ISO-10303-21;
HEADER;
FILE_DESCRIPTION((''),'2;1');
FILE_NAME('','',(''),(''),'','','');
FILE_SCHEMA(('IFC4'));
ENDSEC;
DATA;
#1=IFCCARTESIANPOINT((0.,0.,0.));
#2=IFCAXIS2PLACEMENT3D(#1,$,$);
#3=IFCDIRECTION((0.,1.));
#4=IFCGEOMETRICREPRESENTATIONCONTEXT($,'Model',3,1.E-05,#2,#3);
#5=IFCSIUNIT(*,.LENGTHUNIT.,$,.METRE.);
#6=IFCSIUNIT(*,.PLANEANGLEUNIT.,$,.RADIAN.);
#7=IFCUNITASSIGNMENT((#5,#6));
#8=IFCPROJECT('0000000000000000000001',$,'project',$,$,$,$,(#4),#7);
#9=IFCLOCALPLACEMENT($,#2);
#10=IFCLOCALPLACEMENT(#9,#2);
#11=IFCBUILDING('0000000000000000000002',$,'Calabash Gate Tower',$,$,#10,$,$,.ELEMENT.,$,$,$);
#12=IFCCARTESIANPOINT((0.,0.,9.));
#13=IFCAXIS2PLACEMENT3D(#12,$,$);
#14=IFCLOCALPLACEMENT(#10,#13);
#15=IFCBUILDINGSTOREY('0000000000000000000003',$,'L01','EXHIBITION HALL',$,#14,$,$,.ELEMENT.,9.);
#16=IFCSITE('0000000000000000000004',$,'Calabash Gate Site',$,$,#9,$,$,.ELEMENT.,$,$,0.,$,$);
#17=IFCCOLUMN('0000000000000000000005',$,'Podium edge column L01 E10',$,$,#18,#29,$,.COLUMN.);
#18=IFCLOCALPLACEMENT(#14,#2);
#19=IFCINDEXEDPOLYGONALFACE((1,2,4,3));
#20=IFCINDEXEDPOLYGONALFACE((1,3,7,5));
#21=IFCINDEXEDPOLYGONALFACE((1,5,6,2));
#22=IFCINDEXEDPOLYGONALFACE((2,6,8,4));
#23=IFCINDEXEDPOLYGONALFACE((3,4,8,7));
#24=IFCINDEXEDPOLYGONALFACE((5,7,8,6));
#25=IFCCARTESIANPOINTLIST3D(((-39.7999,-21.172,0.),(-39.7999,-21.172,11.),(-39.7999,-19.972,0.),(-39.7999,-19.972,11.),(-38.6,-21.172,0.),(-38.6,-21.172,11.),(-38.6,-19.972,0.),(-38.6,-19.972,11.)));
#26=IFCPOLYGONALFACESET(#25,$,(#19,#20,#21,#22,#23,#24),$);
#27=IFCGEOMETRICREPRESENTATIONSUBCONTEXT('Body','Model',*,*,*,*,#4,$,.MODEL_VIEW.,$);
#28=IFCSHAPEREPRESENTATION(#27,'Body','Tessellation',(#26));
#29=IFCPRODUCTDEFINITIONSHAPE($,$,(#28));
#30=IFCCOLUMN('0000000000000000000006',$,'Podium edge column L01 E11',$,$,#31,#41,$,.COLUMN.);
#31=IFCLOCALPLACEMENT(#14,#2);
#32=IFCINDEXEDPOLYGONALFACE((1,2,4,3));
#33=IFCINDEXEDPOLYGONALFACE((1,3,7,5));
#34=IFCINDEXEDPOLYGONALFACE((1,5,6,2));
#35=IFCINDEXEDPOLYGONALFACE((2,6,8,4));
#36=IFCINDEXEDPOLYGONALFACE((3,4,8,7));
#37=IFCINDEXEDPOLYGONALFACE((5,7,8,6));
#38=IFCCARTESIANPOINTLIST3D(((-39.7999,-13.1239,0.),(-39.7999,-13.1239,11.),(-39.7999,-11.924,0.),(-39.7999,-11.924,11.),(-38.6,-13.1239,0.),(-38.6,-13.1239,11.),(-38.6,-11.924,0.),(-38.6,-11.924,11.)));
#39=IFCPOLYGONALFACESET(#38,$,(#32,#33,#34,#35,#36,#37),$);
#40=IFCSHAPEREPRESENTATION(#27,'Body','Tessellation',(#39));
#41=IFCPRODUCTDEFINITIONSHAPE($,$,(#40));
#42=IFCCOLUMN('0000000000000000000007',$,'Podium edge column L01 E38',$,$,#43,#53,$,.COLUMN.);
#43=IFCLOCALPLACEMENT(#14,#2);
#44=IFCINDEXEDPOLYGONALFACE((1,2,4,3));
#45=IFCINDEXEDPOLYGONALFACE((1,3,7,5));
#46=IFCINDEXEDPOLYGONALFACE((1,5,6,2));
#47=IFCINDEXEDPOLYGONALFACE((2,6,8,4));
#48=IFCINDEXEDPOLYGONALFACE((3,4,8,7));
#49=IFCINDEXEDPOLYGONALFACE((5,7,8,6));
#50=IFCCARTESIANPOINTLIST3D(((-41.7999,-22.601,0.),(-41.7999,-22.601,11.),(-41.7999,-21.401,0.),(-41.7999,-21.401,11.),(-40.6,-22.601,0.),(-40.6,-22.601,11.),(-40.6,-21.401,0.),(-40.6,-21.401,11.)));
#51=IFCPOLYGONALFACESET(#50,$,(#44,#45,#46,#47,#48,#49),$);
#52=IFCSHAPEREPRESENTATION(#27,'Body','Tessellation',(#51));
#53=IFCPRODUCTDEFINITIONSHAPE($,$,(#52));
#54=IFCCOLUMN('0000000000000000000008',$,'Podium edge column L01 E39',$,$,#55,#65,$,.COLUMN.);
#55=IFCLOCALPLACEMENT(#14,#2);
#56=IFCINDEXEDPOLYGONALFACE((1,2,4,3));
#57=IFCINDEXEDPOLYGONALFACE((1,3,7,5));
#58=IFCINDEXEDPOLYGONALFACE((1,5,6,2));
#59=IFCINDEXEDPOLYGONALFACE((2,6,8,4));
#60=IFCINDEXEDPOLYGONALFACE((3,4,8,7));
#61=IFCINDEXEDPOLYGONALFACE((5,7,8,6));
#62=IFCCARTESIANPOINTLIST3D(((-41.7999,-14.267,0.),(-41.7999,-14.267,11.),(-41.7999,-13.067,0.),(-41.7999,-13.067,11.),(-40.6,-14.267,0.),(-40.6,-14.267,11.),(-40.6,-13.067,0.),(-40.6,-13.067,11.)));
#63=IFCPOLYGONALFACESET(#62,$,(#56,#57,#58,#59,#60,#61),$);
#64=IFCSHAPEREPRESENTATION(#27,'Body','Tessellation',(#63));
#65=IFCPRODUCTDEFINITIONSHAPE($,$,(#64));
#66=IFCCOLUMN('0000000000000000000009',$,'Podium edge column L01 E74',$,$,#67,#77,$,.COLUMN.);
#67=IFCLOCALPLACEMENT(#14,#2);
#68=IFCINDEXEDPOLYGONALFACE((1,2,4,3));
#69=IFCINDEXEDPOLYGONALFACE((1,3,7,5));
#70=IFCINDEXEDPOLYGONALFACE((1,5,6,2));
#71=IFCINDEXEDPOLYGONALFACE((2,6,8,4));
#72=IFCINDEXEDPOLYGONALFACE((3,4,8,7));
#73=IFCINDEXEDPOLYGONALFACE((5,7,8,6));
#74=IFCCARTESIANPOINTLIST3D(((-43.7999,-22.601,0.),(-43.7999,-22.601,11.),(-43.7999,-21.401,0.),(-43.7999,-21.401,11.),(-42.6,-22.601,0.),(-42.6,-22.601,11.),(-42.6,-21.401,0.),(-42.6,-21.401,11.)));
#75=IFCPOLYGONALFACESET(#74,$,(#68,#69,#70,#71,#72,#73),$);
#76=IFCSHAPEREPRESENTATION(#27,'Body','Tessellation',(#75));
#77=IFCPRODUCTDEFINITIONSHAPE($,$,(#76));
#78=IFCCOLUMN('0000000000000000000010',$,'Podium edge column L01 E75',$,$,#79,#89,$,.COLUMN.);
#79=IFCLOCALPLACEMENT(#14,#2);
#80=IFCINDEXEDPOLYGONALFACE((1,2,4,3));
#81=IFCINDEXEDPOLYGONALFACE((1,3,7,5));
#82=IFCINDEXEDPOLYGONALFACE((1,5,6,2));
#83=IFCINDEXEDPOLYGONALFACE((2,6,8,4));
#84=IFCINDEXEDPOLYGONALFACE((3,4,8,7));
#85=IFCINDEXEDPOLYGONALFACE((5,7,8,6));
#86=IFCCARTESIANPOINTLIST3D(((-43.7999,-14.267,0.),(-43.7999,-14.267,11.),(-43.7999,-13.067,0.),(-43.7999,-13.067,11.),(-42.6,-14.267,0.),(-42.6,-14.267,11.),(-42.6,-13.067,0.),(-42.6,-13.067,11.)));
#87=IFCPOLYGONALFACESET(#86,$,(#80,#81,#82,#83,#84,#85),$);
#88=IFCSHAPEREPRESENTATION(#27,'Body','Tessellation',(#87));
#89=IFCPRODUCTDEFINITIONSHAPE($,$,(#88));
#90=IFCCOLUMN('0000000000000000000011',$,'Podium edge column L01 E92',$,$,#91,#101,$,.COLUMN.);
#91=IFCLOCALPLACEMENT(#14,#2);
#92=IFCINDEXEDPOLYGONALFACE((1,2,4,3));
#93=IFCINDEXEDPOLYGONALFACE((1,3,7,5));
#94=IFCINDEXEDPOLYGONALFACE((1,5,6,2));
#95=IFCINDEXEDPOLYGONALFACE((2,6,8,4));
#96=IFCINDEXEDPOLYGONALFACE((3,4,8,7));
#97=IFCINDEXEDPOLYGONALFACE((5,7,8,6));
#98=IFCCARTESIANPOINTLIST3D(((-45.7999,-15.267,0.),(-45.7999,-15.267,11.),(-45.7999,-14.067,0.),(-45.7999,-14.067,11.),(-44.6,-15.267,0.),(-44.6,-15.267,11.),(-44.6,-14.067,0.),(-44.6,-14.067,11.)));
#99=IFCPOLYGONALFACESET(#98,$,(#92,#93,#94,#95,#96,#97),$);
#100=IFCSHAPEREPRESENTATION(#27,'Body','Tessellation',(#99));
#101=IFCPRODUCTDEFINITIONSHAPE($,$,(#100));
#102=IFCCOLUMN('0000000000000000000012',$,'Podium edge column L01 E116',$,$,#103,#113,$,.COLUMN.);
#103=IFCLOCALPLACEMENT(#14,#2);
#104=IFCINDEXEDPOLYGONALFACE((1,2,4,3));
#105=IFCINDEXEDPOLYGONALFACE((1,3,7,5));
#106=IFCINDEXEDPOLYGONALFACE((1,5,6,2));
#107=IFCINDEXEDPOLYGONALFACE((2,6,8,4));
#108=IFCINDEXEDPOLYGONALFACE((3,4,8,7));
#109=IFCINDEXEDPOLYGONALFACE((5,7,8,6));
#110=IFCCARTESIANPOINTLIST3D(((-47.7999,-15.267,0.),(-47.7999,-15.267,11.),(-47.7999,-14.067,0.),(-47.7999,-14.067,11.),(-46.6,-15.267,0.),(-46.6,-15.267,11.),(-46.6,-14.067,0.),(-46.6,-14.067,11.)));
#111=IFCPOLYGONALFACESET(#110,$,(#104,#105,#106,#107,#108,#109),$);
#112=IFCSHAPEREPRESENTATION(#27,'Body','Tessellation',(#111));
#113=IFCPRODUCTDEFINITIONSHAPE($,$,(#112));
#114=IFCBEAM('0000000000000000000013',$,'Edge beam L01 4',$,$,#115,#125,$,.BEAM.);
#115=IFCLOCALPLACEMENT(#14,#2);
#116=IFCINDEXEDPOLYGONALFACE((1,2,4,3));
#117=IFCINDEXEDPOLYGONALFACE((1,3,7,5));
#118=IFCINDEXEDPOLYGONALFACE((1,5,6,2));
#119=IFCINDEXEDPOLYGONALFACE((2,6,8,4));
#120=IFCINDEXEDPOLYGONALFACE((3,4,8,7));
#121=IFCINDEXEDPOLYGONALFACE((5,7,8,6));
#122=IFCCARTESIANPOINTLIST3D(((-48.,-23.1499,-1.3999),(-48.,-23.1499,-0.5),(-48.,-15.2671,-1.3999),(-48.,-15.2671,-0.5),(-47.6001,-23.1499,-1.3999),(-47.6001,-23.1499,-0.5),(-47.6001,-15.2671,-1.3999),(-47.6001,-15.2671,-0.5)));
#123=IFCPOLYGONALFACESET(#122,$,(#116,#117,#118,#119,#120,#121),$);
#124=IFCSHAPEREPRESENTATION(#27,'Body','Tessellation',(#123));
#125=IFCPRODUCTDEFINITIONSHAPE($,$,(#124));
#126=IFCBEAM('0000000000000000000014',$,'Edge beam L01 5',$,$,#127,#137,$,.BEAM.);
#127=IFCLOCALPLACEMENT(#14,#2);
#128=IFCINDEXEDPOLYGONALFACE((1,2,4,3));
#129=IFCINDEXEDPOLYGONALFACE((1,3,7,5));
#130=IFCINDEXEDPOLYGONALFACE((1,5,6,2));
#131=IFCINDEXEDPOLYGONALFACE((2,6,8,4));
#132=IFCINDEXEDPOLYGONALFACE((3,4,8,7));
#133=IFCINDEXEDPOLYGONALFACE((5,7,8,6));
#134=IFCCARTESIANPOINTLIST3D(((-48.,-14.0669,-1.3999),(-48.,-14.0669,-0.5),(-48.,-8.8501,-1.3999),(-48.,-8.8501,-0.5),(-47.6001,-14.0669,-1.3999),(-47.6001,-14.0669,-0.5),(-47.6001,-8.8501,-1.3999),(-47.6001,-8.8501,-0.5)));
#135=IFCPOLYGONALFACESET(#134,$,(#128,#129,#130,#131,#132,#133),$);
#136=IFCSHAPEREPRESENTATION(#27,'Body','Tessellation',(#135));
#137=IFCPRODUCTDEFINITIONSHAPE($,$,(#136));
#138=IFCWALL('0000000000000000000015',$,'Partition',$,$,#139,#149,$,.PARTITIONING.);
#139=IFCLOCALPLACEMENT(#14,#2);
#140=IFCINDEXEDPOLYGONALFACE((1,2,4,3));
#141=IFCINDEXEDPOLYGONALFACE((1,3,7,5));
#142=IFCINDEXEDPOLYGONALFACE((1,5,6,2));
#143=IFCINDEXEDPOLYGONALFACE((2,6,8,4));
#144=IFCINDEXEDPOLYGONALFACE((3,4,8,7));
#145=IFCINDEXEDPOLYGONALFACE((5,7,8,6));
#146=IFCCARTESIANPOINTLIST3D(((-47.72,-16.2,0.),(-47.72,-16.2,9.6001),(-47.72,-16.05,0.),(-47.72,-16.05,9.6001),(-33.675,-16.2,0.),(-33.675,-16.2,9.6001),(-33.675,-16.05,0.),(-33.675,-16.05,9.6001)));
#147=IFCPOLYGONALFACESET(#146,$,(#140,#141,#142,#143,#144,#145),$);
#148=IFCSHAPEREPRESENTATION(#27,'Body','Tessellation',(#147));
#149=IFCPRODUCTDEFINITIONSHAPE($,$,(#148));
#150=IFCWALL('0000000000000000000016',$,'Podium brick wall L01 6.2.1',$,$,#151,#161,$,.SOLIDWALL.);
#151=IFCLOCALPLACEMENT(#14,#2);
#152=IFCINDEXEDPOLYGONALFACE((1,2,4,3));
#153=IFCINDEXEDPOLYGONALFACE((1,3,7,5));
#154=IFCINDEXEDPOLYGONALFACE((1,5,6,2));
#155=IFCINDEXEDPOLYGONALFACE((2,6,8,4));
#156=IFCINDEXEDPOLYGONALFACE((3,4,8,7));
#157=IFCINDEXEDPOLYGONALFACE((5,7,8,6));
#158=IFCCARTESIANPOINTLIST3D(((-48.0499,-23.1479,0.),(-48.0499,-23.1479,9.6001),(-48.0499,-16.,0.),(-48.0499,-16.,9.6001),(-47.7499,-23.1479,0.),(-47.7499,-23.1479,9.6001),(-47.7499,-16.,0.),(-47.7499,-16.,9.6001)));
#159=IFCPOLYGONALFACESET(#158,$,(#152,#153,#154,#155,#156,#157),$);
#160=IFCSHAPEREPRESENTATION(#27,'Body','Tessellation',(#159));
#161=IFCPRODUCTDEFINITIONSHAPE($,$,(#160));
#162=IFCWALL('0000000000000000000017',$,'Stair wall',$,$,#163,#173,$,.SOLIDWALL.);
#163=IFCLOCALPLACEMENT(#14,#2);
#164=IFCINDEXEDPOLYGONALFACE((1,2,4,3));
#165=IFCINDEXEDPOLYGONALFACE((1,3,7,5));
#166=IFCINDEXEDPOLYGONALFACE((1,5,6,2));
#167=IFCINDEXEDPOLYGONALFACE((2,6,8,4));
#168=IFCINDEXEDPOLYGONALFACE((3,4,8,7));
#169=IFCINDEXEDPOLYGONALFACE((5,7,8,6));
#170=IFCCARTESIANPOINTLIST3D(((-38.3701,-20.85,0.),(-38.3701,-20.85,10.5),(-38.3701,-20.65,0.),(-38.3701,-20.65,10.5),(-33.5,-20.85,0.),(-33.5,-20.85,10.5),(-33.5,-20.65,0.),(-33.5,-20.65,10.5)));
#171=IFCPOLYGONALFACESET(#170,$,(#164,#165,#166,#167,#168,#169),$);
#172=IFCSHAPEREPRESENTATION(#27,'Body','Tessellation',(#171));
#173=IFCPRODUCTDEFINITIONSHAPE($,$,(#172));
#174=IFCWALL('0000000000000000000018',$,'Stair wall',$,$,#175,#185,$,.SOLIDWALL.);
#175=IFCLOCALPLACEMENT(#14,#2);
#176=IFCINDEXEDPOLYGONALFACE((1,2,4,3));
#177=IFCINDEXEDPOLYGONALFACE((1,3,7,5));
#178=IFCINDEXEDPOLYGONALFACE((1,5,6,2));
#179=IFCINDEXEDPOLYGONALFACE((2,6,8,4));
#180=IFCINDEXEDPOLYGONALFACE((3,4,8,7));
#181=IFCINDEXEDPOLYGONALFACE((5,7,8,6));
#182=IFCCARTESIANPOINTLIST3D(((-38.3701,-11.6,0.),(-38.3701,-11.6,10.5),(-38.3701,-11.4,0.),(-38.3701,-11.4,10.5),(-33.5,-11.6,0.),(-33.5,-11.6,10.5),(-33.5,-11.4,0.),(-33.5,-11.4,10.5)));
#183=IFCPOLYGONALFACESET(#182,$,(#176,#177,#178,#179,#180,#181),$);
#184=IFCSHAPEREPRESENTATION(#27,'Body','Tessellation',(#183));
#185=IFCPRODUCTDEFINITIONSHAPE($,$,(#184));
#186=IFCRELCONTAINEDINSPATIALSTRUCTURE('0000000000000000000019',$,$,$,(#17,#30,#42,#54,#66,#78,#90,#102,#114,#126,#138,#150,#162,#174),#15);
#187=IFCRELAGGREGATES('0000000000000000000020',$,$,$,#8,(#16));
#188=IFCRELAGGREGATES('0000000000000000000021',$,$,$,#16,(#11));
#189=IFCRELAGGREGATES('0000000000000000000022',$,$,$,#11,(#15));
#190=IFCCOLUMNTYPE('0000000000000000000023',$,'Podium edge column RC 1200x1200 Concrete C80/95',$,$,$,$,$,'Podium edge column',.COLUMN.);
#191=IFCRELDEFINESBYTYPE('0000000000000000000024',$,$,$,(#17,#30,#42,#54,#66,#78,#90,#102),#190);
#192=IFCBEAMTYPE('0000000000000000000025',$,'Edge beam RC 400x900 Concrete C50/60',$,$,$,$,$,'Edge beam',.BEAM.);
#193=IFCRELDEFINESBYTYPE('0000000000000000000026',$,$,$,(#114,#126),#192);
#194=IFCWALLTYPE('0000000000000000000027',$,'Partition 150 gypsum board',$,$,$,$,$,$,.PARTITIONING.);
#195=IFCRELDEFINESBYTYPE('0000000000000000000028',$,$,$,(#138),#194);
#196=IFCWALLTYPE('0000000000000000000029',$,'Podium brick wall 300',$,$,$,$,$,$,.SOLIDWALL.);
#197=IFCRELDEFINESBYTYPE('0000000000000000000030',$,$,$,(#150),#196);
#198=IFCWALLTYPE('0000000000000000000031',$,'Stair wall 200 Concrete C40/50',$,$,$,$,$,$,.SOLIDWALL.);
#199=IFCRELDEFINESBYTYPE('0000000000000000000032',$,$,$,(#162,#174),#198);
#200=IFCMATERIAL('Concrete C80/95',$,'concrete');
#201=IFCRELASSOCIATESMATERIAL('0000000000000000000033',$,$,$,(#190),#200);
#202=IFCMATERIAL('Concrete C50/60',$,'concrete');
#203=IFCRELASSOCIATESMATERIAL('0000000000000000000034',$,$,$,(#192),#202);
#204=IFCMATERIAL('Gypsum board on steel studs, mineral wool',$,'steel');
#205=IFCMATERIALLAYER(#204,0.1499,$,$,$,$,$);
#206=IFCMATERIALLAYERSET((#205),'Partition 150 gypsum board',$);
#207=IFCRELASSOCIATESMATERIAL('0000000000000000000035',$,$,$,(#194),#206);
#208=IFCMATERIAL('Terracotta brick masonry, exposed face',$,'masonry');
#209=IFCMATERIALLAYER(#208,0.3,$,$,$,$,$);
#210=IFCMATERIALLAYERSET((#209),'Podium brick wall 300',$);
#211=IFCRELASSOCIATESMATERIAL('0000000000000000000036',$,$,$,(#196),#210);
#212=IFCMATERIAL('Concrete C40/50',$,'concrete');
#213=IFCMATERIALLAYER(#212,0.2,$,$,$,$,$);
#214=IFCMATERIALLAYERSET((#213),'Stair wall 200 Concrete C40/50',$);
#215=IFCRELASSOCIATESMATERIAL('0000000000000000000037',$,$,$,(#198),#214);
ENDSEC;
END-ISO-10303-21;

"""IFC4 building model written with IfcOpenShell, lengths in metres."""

from ifc_helpers import new_model, si_unit, direction, frame, frame_2d, origin, origin_2d, place, context, subcontext, project, spatial, rectangle, extrude, material, layer, layer_set, material_profile, profile_set, type_object, element, save


model = new_model("IFC4")

# Units and contexts
model_context = context("Model", 3, precision=1e-05, world=origin(), true_north=direction((0.0, 1.0)))
body_context = subcontext(model_context, "Body", "Model", "MODEL_VIEW")
ifc_project = project(units=[si_unit("LENGTHUNIT", "METRE"), si_unit("PLANEANGLEUNIT", "RADIAN")], contexts=[model_context])

# Site, building, storey
site_placement = place(None, origin())
site = spatial("IfcSite", under=ifc_project, at=site_placement, Name="Calabash Gate Site", CompositionType="ELEMENT", RefElevation=0.0)
building_placement = place(site_placement, origin())
building = spatial("IfcBuilding", under=site, at=building_placement, Name="Calabash Gate Tower", CompositionType="ELEMENT")
storey_placement = place(building_placement, frame((0.0, 0.0, 9.0)))
storey = spatial("IfcBuildingStorey", under=building, at=storey_placement, Name="L01", Description="EXHIBITION HALL", CompositionType="ELEMENT", Elevation=9.0)

# Columns
ifc_material_1 = material(Name="Concrete C80/95", Category="concrete")
ifc_material_profile_1 = material_profile(ifc_material_1, rectangle(XDim=1.2, YDim=1.2, at=origin_2d()))
ifc_profile_set_1 = profile_set([ifc_material_profile_1], Name="Concrete C80/95")
column_type = type_object("IfcColumnType", Name="Podium edge column RC 1200x1200 Concrete C80/95", ElementType="Podium edge column", PredefinedType="COLUMN", material=ifc_profile_set_1)
for number, where, z_axis, x_axis, name in (
    (1, (-39.2, -20.572, 0.0), (0.0, 0.0, 1.0), (1.0, 0.0, 0.0), "Podium edge column L01 E10"),
    (2, (-39.2, -12.5239, 0.0), (0.0, 0.0, 1.0), (1.0, 0.0, 0.0), "Podium edge column L01 E11"),
    (3, (-41.2, -22.001, 0.0), (0.0, 0.0, 1.0), (1.0, 0.0, 0.0), "Podium edge column L01 E38"),
    (4, (-41.2, -13.667, 0.0), (0.0, 0.0, 1.0), (1.0, 0.0, 0.0), "Podium edge column L01 E39"),
    (5, (-43.2, -22.001, 0.0), (0.0, 0.0, 1.0), (1.0, 0.0, 0.0), "Podium edge column L01 E74"),
    (6, (-43.2, -13.667, 0.0), (0.0, 0.0, 1.0), (1.0, 0.0, 0.0), "Podium edge column L01 E75"),
    (7, (-45.2, -14.667, 0.0), (0.0, 0.0, 1.0), (1.0, 0.0, 0.0), "Podium edge column L01 E92"),
    (8, (-47.2, -14.667, 0.0), (0.0, 0.0, 1.0), (1.0, 0.0, 0.0), "Podium edge column L01 E116"),
):
    element("IfcColumn", number, at=place(storey_placement, frame(where, z_axis=z_axis, x_axis=x_axis)), inside=storey, type_object=column_type, Name=name, PredefinedType="COLUMN", context=body_context, shape_type="SweptSolid", body=[
        extrude(rectangle(XDim=1.2, YDim=1.2, at=origin_2d()), origin(), (0.0, 0.0, 1.0), 11.0),
    ])

# Beams
ifc_material_2 = material(Name="Concrete C50/60", Category="concrete")
ifc_material_profile_2 = material_profile(ifc_material_2, rectangle(XDim=0.3999, YDim=0.8999, at=origin_2d()))
ifc_profile_set_2 = profile_set([ifc_material_profile_2], Name="Concrete C50/60")
beam_type = type_object("IfcBeamType", Name="Edge beam RC 400x900 Concrete C50/60", ElementType="Edge beam", PredefinedType="BEAM", material=ifc_profile_set_2)
beam_1_placement = place(storey_placement, frame((-47.8, -23.1499, -0.95), z_axis=(0.0, 1.0, 0.0), x_axis=(-1.0, 0.0, 0.0)))
element("IfcBeam", 9, at=beam_1_placement, inside=storey, type_object=beam_type, Name="Edge beam L01 4", PredefinedType="BEAM", context=body_context, shape_type="SweptSolid", body=[
    extrude(rectangle(XDim=0.3999, YDim=0.8999, at=origin_2d()), origin(), (0.0, 0.0, 1.0), 7.8828),
])
beam_2_placement = place(storey_placement, frame((-47.8, -14.0669, -0.95), z_axis=(0.0, 1.0, 0.0), x_axis=(-1.0, 0.0, 0.0)))
element("IfcBeam", 10, at=beam_2_placement, inside=storey, type_object=beam_type, Name="Edge beam L01 5", PredefinedType="BEAM", context=body_context, shape_type="SweptSolid", body=[
    extrude(rectangle(XDim=0.3999, YDim=0.8999, at=origin_2d()), origin(), (0.0, 0.0, 1.0), 5.2168),
])

# Walls
ifc_material_3 = material(Name="Gypsum board on steel studs, mineral wool", Category="steel")
ifc_layer_1 = layer(ifc_material_3, 0.1499)
ifc_layer_set_1 = layer_set([ifc_layer_1], Name="Partition 150 gypsum board")
wall_type_1 = type_object("IfcWallType", Name="Partition 150 gypsum board", PredefinedType="PARTITIONING", material=ifc_layer_set_1)
wall_1_placement = place(storey_placement, frame((-47.72, -16.125, 0.0), z_axis=(0.0, 0.0, 1.0), x_axis=(1.0, 0.0, 0.0)))
element("IfcWall", 11, at=wall_1_placement, inside=storey, type_object=wall_type_1, Name="Partition", PredefinedType="PARTITIONING", context=body_context, shape_type="SweptSolid", body=[
    extrude(rectangle(XDim=14.0449, YDim=0.1499, at=frame_2d((7.0225, 0.0))), origin(), (0.0, 0.0, 1.0), 9.6001),
])
ifc_material_4 = material(Name="Terracotta brick masonry, exposed face", Category="masonry")
ifc_layer_2 = layer(ifc_material_4, 0.3)
ifc_layer_set_2 = layer_set([ifc_layer_2], Name="Podium brick wall 300")
wall_type_2 = type_object("IfcWallType", Name="Podium brick wall 300", PredefinedType="SOLIDWALL", material=ifc_layer_set_2)
wall_2_placement = place(storey_placement, frame((-47.8999, -16.0, 0.0), z_axis=(0.0, 0.0, 1.0), x_axis=(0.0, -1.0, 0.0)))
element("IfcWall", 12, at=wall_2_placement, inside=storey, type_object=wall_type_2, Name="Podium brick wall L01 6.2.1", PredefinedType="SOLIDWALL", context=body_context, shape_type="SweptSolid", body=[
    extrude(rectangle(XDim=7.1479, YDim=0.3, at=frame_2d((3.574, 0.0))), origin(), (0.0, 0.0, 1.0), 9.6001),
])
ifc_material_5 = material(Name="Concrete C40/50", Category="concrete")
ifc_layer_3 = layer(ifc_material_5, 0.2)
ifc_layer_set_3 = layer_set([ifc_layer_3], Name="Stair wall 200 Concrete C40/50")
wall_type_3 = type_object("IfcWallType", Name="Stair wall 200 Concrete C40/50", PredefinedType="SOLIDWALL", material=ifc_layer_set_3)
for number, where, z_axis, x_axis, name in (
    (13, (-38.3701, -20.75, 0.0), (0.0, 0.0, 1.0), (1.0, 0.0, 0.0), "Stair wall"),
    (14, (-38.3701, -11.5, 0.0), (0.0, 0.0, 1.0), (1.0, 0.0, 0.0), "Stair wall"),
):
    element("IfcWall", number, at=place(storey_placement, frame(where, z_axis=z_axis, x_axis=x_axis)), inside=storey, type_object=wall_type_3, Name=name, PredefinedType="SOLIDWALL", context=body_context, shape_type="SweptSolid", body=[
        extrude(rectangle(XDim=4.8701, YDim=0.2, at=frame_2d((2.4351, 0.0))), origin(), (0.0, 0.0, 1.0), 10.5),
    ])

save(model, "model.ifc")
